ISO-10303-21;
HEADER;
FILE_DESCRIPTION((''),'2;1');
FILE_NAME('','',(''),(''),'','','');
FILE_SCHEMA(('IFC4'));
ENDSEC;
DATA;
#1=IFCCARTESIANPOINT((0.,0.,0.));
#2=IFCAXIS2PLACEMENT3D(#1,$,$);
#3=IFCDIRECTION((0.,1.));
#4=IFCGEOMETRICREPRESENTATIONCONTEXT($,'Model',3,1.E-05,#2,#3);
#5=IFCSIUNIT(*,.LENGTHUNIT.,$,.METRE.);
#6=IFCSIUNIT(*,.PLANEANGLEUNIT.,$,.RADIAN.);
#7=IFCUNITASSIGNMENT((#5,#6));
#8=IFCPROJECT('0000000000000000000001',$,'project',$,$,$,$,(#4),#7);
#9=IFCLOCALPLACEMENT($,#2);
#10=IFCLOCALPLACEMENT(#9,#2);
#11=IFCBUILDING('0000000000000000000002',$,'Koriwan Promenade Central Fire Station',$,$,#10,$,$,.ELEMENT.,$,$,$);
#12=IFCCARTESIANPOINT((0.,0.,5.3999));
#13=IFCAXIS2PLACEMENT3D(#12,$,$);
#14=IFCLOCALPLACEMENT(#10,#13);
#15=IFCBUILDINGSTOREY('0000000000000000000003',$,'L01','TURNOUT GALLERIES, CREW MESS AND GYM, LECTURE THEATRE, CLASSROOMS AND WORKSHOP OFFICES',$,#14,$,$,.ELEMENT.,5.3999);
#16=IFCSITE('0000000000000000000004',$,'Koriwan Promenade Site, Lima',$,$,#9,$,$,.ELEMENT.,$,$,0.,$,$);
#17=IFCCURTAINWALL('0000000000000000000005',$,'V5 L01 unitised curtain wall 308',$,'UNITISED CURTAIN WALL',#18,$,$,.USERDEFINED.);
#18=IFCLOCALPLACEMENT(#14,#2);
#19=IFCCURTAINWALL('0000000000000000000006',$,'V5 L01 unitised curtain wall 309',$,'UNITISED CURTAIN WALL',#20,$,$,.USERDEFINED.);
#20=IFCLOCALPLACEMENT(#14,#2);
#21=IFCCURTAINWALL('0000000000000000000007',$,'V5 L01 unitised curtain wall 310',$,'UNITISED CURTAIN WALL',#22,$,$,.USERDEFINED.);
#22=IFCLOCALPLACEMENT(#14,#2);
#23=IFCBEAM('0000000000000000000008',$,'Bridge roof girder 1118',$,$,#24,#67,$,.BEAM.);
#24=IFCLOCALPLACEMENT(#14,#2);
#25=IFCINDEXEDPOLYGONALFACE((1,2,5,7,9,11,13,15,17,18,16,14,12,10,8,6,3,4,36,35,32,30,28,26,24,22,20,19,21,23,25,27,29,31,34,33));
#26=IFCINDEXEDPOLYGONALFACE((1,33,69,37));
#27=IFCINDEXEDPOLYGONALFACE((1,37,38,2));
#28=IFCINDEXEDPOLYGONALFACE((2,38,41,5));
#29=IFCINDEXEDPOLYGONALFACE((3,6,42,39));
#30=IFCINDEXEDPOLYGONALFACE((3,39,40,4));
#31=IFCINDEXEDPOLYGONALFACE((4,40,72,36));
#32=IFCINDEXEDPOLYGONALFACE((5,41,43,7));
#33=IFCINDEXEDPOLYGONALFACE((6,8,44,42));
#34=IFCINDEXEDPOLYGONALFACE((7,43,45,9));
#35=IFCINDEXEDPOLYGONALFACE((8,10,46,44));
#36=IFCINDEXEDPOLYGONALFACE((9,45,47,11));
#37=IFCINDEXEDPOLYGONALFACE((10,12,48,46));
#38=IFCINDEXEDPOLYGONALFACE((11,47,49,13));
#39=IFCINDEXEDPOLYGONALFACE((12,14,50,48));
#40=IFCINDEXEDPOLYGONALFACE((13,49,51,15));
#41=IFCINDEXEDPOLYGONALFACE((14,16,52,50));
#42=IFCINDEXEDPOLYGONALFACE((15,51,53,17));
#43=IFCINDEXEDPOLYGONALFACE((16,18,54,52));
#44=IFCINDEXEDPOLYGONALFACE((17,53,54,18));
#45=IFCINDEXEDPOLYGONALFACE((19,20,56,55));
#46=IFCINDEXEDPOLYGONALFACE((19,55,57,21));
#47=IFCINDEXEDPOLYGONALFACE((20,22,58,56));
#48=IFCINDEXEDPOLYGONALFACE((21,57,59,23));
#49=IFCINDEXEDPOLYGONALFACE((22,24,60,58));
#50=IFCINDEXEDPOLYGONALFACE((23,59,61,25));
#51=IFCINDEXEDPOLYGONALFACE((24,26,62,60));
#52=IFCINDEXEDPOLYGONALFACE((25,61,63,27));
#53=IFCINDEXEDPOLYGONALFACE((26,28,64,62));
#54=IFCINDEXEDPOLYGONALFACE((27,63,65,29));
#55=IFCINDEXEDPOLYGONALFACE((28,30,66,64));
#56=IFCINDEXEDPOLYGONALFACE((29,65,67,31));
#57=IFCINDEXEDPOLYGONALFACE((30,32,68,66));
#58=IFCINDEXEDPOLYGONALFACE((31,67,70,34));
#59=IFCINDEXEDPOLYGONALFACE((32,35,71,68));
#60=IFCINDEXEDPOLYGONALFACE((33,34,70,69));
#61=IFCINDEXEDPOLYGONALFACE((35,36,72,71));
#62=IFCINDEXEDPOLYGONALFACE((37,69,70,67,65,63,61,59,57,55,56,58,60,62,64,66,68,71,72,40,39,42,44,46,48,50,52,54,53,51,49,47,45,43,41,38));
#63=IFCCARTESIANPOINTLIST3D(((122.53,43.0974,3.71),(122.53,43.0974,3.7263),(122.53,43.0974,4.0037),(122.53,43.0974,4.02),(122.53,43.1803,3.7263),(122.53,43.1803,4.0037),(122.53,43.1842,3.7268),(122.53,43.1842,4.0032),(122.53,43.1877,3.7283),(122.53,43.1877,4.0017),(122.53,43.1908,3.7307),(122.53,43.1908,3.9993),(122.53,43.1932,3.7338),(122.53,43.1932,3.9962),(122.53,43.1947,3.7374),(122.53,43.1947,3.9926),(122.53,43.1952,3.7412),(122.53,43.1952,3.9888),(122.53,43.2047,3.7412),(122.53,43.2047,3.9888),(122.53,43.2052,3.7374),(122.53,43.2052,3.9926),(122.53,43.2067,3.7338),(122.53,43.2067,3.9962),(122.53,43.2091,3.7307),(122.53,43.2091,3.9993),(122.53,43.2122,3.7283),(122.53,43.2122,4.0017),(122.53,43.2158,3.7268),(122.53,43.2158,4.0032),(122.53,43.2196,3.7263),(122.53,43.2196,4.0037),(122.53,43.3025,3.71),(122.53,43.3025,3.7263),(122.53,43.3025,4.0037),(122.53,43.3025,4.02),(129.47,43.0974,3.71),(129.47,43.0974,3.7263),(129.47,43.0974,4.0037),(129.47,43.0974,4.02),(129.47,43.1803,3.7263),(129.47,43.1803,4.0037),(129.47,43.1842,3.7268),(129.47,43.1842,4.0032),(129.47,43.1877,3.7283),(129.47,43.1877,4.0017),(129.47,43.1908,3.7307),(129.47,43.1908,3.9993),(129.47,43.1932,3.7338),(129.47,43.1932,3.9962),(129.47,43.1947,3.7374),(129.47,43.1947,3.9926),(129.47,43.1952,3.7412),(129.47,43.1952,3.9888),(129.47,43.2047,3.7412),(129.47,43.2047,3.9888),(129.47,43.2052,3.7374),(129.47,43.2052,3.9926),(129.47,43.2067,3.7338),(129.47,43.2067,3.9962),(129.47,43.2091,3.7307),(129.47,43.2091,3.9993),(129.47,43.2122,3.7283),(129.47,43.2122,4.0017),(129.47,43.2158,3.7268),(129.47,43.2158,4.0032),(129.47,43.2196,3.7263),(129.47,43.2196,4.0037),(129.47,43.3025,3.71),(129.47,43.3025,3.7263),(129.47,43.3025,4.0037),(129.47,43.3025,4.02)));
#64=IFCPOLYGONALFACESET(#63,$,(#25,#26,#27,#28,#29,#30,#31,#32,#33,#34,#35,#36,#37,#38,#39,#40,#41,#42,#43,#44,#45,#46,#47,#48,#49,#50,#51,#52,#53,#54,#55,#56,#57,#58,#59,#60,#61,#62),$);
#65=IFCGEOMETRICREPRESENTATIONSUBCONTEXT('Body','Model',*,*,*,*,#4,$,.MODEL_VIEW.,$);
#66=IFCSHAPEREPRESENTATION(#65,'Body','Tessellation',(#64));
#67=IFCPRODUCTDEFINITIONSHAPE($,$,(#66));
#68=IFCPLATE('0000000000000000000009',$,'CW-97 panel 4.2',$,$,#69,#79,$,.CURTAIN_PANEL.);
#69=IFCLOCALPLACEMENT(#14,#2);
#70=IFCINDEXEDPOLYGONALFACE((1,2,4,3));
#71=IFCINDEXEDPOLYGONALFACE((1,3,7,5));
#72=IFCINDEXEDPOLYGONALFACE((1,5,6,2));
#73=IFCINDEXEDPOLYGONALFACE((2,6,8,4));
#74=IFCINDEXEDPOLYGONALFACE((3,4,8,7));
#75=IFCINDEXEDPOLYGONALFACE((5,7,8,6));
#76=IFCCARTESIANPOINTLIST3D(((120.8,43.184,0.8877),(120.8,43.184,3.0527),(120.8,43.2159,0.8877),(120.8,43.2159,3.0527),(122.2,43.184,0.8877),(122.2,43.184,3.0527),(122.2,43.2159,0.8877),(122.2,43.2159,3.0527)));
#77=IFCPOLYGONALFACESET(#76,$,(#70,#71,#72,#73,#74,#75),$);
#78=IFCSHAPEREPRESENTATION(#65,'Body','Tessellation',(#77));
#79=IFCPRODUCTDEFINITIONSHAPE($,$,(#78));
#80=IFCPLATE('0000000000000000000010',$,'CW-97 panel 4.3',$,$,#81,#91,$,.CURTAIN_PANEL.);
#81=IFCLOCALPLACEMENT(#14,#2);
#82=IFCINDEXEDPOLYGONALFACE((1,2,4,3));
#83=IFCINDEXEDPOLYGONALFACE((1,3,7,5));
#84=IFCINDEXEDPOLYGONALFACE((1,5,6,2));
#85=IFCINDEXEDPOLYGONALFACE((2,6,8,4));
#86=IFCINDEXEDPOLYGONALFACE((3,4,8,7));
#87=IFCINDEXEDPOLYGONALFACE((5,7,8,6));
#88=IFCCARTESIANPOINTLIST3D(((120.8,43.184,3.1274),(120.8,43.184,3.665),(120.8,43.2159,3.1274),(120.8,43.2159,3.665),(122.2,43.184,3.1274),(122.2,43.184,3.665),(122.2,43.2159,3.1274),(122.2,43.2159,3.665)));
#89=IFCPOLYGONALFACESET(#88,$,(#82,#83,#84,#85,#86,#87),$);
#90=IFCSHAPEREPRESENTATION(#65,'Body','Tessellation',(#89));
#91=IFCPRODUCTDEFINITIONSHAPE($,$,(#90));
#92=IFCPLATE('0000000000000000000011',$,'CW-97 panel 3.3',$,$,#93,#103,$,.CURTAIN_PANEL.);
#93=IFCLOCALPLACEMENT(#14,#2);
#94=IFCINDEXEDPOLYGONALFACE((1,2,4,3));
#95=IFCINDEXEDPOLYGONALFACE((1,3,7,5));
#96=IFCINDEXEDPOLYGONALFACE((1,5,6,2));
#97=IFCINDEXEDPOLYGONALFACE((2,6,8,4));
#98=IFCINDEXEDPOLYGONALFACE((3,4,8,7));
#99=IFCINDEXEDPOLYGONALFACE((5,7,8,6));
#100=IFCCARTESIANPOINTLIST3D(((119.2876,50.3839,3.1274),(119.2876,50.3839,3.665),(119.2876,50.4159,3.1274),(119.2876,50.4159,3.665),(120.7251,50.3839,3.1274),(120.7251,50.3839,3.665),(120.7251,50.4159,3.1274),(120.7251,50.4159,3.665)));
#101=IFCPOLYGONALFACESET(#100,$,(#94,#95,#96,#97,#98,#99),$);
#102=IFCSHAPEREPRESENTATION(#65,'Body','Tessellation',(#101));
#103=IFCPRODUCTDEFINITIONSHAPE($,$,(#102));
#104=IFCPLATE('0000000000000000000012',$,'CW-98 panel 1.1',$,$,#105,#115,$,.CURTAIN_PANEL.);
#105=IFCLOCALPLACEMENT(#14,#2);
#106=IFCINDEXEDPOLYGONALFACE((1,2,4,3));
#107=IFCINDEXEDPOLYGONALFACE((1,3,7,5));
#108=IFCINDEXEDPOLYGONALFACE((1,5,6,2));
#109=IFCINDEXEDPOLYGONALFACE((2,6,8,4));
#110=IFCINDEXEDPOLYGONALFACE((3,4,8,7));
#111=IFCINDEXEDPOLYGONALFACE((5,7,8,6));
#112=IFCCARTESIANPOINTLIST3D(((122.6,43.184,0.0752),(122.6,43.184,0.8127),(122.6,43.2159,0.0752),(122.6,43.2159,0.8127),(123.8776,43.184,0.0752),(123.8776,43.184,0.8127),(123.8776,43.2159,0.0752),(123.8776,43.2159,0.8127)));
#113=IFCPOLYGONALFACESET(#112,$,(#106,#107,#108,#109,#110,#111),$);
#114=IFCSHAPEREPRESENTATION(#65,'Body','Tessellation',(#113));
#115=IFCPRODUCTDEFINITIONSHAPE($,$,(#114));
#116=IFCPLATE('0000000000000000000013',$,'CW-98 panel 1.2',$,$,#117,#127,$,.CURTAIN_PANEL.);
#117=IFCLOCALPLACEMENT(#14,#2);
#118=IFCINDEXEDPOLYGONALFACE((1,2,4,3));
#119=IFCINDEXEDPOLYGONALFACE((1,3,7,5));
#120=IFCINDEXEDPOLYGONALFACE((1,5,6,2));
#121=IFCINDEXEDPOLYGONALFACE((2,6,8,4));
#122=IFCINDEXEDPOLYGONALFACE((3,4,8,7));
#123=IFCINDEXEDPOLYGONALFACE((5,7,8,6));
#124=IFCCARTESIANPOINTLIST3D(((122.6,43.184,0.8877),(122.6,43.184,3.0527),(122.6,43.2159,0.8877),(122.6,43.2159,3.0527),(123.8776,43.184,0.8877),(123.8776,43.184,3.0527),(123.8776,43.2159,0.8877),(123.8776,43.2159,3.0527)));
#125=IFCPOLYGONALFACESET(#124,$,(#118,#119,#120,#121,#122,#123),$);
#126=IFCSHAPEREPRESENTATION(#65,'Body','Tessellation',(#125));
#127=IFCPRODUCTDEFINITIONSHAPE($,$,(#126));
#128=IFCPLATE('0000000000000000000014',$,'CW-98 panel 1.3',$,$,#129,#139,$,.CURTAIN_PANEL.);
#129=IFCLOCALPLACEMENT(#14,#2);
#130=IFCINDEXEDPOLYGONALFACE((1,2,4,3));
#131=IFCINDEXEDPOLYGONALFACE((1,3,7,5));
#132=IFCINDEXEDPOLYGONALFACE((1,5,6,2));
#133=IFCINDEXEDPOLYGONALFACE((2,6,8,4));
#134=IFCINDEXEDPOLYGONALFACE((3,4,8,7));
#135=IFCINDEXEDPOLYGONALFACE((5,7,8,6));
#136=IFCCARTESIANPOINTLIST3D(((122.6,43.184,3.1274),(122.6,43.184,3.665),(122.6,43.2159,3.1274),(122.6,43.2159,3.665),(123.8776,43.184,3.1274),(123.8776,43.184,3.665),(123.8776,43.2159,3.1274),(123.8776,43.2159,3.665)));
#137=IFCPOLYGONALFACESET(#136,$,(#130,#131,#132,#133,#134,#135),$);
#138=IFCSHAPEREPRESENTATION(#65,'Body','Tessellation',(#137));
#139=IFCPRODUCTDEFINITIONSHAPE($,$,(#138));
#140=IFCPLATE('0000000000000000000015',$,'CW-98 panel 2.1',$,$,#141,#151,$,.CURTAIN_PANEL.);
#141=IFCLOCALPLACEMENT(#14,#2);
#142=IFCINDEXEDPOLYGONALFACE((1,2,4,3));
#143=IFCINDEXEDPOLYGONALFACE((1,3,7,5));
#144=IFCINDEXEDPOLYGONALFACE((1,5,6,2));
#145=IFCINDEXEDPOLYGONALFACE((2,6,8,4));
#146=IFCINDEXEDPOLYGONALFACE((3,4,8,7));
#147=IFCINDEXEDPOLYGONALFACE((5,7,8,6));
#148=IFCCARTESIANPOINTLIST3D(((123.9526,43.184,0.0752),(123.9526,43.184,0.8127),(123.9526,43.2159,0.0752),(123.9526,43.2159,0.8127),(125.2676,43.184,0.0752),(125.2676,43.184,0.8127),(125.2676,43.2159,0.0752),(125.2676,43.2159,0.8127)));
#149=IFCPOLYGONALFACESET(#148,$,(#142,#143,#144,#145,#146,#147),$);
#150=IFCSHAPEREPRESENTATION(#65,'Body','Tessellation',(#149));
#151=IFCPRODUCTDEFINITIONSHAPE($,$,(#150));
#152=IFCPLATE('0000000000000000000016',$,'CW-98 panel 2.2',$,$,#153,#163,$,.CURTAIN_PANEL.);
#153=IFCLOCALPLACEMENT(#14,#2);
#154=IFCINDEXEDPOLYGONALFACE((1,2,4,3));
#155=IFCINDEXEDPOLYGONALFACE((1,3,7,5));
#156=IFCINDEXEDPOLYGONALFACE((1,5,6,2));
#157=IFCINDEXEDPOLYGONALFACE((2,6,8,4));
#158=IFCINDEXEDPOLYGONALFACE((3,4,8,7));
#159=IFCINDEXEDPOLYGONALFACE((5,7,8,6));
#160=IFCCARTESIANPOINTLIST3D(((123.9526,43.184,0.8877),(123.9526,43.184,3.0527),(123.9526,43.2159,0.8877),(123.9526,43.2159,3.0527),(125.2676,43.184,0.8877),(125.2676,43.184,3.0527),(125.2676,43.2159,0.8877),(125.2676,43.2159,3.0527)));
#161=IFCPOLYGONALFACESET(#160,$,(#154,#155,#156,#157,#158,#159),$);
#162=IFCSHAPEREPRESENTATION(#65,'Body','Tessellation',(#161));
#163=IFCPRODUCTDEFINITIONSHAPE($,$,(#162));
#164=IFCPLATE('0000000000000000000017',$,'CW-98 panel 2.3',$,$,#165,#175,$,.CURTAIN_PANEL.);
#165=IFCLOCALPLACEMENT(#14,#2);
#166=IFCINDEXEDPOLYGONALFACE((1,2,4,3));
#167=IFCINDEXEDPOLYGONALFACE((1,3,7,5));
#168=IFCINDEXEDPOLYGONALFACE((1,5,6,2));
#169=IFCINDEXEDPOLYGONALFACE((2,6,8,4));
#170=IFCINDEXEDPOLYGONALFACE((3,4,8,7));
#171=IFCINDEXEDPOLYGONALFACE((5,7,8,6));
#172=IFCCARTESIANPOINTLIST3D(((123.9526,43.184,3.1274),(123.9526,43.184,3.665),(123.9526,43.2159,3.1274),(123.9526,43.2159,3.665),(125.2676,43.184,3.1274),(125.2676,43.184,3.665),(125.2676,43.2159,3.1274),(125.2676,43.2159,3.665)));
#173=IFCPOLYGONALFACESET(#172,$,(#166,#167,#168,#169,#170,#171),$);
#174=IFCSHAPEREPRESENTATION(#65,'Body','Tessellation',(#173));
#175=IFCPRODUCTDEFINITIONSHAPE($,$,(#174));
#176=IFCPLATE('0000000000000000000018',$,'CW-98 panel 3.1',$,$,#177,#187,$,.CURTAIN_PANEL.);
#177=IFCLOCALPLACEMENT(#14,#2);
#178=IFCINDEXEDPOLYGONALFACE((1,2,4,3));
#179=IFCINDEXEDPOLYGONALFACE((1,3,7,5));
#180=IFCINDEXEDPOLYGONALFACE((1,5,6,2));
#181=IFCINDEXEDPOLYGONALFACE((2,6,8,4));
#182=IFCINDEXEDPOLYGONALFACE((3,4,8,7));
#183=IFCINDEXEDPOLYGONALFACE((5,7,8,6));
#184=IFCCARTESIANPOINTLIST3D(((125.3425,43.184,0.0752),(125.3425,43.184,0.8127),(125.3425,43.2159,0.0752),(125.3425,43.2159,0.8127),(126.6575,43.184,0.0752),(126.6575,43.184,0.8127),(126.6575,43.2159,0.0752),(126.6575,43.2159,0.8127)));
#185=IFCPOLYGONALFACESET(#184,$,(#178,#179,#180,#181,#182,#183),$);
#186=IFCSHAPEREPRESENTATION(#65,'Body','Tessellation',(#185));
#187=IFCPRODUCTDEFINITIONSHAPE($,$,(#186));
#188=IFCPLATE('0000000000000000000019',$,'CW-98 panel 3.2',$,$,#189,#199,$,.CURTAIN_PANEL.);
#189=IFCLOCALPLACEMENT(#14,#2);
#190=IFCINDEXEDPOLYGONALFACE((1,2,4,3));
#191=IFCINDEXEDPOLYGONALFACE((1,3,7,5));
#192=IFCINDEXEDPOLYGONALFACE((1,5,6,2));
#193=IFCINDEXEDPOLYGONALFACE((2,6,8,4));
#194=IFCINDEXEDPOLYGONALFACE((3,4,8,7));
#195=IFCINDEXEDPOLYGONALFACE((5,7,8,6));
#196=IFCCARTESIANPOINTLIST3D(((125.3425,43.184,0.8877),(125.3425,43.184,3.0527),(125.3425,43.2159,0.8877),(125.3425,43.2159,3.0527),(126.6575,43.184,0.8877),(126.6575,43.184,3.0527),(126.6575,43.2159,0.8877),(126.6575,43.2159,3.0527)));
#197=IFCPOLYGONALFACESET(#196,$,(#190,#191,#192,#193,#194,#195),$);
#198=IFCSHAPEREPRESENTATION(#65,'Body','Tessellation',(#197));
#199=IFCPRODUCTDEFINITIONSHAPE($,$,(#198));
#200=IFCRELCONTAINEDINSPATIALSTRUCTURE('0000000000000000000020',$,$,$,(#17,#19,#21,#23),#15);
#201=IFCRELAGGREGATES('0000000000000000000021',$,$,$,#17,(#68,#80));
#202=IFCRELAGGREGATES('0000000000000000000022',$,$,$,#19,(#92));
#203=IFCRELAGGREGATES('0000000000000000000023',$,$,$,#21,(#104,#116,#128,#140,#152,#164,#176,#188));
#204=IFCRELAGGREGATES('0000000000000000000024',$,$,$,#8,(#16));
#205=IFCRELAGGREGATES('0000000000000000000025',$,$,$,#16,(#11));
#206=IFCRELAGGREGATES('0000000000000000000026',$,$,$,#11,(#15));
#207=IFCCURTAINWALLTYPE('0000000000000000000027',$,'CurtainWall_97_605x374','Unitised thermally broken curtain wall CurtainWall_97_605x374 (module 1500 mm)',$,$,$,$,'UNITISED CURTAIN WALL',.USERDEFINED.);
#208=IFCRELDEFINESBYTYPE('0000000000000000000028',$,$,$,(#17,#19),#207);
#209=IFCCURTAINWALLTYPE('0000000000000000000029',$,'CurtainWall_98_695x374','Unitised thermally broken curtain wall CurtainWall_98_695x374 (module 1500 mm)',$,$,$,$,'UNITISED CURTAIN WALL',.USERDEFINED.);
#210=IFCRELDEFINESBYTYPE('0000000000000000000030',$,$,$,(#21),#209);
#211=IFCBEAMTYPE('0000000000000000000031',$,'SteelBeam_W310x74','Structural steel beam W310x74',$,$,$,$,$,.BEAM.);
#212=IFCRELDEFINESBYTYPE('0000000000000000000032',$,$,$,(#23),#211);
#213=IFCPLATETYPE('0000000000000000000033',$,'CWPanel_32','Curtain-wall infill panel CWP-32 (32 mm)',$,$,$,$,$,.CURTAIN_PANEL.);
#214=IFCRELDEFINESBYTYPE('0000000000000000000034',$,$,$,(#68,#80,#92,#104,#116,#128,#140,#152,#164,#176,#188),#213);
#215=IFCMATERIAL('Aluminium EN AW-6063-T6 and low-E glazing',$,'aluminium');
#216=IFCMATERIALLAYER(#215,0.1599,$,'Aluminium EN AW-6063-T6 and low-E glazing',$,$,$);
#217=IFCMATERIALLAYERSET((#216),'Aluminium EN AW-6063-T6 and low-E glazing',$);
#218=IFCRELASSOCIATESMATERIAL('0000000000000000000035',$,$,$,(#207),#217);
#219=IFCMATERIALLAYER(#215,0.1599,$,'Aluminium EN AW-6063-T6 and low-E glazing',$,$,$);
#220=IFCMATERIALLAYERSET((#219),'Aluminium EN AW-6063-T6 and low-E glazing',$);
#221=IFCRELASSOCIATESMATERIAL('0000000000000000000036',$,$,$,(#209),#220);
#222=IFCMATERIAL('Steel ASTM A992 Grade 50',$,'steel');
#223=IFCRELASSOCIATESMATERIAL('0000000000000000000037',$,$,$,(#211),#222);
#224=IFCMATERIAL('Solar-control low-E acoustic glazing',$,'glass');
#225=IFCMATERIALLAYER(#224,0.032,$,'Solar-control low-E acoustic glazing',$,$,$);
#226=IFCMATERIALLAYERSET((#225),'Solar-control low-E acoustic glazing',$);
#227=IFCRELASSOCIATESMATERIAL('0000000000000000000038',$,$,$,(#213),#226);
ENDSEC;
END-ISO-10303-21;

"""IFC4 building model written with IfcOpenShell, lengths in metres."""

from ifc_helpers import new_model, si_unit, direction, frame, origin, origin_2d, place, context, subcontext, project, spatial, rectangle, i_section, extrude, material, layer, layer_set, material_profile, profile_set, type_object, element, aggregate, save


model = new_model("IFC4")

# Units and contexts
model_context = context("Model", 3, precision=1e-05, world=origin(), true_north=direction((0.0, 1.0)))
body_context = subcontext(model_context, "Body", "Model", "MODEL_VIEW")
ifc_project = project(units=[si_unit("LENGTHUNIT", "METRE"), si_unit("PLANEANGLEUNIT", "RADIAN")], contexts=[model_context])

# Site, building, storey
site_placement = place(None, origin())
site = spatial("IfcSite", under=ifc_project, at=site_placement, Name="Koriwan Promenade Site, Lima", CompositionType="ELEMENT", RefElevation=0.0)
building_placement = place(site_placement, origin())
building = spatial("IfcBuilding", under=site, at=building_placement, Name="Koriwan Promenade Central Fire Station", CompositionType="ELEMENT")
storey_placement = place(building_placement, frame((0.0, 0.0, 5.3999)))
storey = spatial("IfcBuildingStorey", under=building, at=storey_placement, Name="L01", Description="TURNOUT GALLERIES, CREW MESS AND GYM, LECTURE THEATRE, CLASSROOMS AND WORKSHOP OFFICES", CompositionType="ELEMENT", Elevation=5.3999)

# Curtain walls
ifc_material_1 = material(Name="Aluminium EN AW-6063-T6 and low-E glazing", Category="aluminium")
ifc_layer_1 = layer(ifc_material_1, 0.1599, Name="Aluminium EN AW-6063-T6 and low-E glazing")
ifc_layer_set_1 = layer_set([ifc_layer_1], Name="Aluminium EN AW-6063-T6 and low-E glazing")
curtain_wall_type_1 = type_object("IfcCurtainWallType", Name="CurtainWall_97_605x374", Description="Unitised thermally broken curtain wall CurtainWall_97_605x374 (module 1500 mm)", ElementType="UNITISED CURTAIN WALL", PredefinedType="USERDEFINED", material=ifc_layer_set_1)
curtain_wall_1_placement = place(storey_placement, origin())
curtain_wall_1 = element("IfcCurtainWall", 1, at=curtain_wall_1_placement, inside=storey, type_object=curtain_wall_type_1, Name="V5 L01 unitised curtain wall 308", ObjectType="UNITISED CURTAIN WALL", PredefinedType="USERDEFINED")
curtain_wall_2_placement = place(storey_placement, origin())
curtain_wall_2 = element("IfcCurtainWall", 2, at=curtain_wall_2_placement, inside=storey, type_object=curtain_wall_type_1, Name="V5 L01 unitised curtain wall 309", ObjectType="UNITISED CURTAIN WALL", PredefinedType="USERDEFINED")

# Curtain wall
ifc_layer_2 = layer(ifc_material_1, 0.1599, Name="Aluminium EN AW-6063-T6 and low-E glazing")
ifc_layer_set_2 = layer_set([ifc_layer_2], Name="Aluminium EN AW-6063-T6 and low-E glazing")
curtain_wall_type_2 = type_object("IfcCurtainWallType", Name="CurtainWall_98_695x374", Description="Unitised thermally broken curtain wall CurtainWall_98_695x374 (module 1500 mm)", ElementType="UNITISED CURTAIN WALL", PredefinedType="USERDEFINED", material=ifc_layer_set_2)
curtain_wall_3_placement = place(storey_placement, origin())
curtain_wall_3 = element("IfcCurtainWall", 3, at=curtain_wall_3_placement, inside=storey, type_object=curtain_wall_type_2, Name="V5 L01 unitised curtain wall 310", ObjectType="UNITISED CURTAIN WALL", PredefinedType="USERDEFINED")

# Beam
ifc_material_2 = material(Name="Steel ASTM A992 Grade 50", Category="steel")
ifc_material_profile_1 = material_profile(ifc_material_2, i_section(OverallWidth=0.2051, OverallDepth=0.3101, WebThickness=0.0095, FlangeThickness=0.0164, FilletRadius=0.0149, at=origin_2d()), Name="W310x74")
ifc_profile_set_1 = profile_set([ifc_material_profile_1], Name="Steel ASTM A992 Grade 50")
beam_type_1 = type_object("IfcBeamType", Name="SteelBeam_W310x74", Description="Structural steel beam W310x74", PredefinedType="BEAM", material=ifc_profile_set_1)
beam_1_placement = place(storey_placement, frame((122.53, 43.2, 3.865), z_axis=(1.0, 0.0, 0.0), x_axis=(0.0, 1.0, 0.0)))
element("IfcBeam", 4, at=beam_1_placement, inside=storey, type_object=beam_type_1, Name="Bridge roof girder 1118", PredefinedType="BEAM", context=body_context, shape_type="SweptSolid", body=[
    extrude(i_section(OverallWidth=0.2051, OverallDepth=0.3101, WebThickness=0.0095, FlangeThickness=0.0164, FilletRadius=0.0149, at=origin_2d()), origin(), (0.0, 0.0, 1.0), 6.9399),
])

# Plates
ifc_material_3 = material(Name="Solar-control low-E acoustic glazing", Category="glass")
ifc_layer_3 = layer(ifc_material_3, 0.032, Name="Solar-control low-E acoustic glazing")
ifc_layer_set_3 = layer_set([ifc_layer_3], Name="Solar-control low-E acoustic glazing")
plate_type = type_object("IfcPlateType", Name="CWPanel_32", Description="Curtain-wall infill panel CWP-32 (32 mm)", PredefinedType="CURTAIN_PANEL", material=ifc_layer_set_3)
plate_1_placement = place(storey_placement, frame((121.5, 43.2, 0.8877), z_axis=(0.0, 0.0, 1.0), x_axis=(1.0, 0.0, 0.0)))
plate_1 = element("IfcPlate", 5, at=plate_1_placement, type_object=plate_type, Name="CW-97 panel 4.2", PredefinedType="CURTAIN_PANEL", context=body_context, shape_type="SweptSolid", body=[
    extrude(rectangle(XDim=1.3999, YDim=0.032, at=origin_2d()), origin(), (0.0, 0.0, 1.0), 2.165),
])
plate_2_placement = place(storey_placement, frame((121.5, 43.2, 3.1274), z_axis=(0.0, 0.0, 1.0), x_axis=(1.0, 0.0, 0.0)))
plate_2 = element("IfcPlate", 6, at=plate_2_placement, type_object=plate_type, Name="CW-97 panel 4.3", PredefinedType="CURTAIN_PANEL", context=body_context, shape_type="SweptSolid", body=[
    extrude(rectangle(XDim=1.3999, YDim=0.032, at=origin_2d()), origin(), (0.0, 0.0, 1.0), 0.5376),
])
aggregate(curtain_wall_1, [plate_1, plate_2])
plate_3_placement = place(storey_placement, frame((120.0063, 50.3999, 3.1274), z_axis=(0.0, 0.0, 1.0), x_axis=(1.0, 0.0, 0.0)))
plate_3 = element("IfcPlate", 7, at=plate_3_placement, type_object=plate_type, Name="CW-97 panel 3.3", PredefinedType="CURTAIN_PANEL", context=body_context, shape_type="SweptSolid", body=[
    extrude(rectangle(XDim=1.4375, YDim=0.032, at=origin_2d()), origin(), (0.0, 0.0, 1.0), 0.5376),
])
aggregate(curtain_wall_2, [plate_3])
plate_4_placement = place(storey_placement, frame((123.2388, 43.2, 0.0752), z_axis=(0.0, 0.0, 1.0), x_axis=(1.0, 0.0, 0.0)))
plate_4 = element("IfcPlate", 8, at=plate_4_placement, type_object=plate_type, Name="CW-98 panel 1.1", PredefinedType="CURTAIN_PANEL", context=body_context, shape_type="SweptSolid", body=[
    extrude(rectangle(XDim=1.2776, YDim=0.032, at=origin_2d()), origin(), (0.0, 0.0, 1.0), 0.7375),
])
plate_5_placement = place(storey_placement, frame((123.2388, 43.2, 0.8877), z_axis=(0.0, 0.0, 1.0), x_axis=(1.0, 0.0, 0.0)))
plate_5 = element("IfcPlate", 9, at=plate_5_placement, type_object=plate_type, Name="CW-98 panel 1.2", PredefinedType="CURTAIN_PANEL", context=body_context, shape_type="SweptSolid", body=[
    extrude(rectangle(XDim=1.2776, YDim=0.032, at=origin_2d()), origin(), (0.0, 0.0, 1.0), 2.165),
])
plate_6_placement = place(storey_placement, frame((123.2388, 43.2, 3.1274), z_axis=(0.0, 0.0, 1.0), x_axis=(1.0, 0.0, 0.0)))
plate_6 = element("IfcPlate", 10, at=plate_6_placement, type_object=plate_type, Name="CW-98 panel 1.3", PredefinedType="CURTAIN_PANEL", context=body_context, shape_type="SweptSolid", body=[
    extrude(rectangle(XDim=1.2776, YDim=0.032, at=origin_2d()), origin(), (0.0, 0.0, 1.0), 0.5376),
])
plate_7_placement = place(storey_placement, frame((124.6101, 43.2, 0.0752), z_axis=(0.0, 0.0, 1.0), x_axis=(1.0, 0.0, 0.0)))
plate_7 = element("IfcPlate", 11, at=plate_7_placement, type_object=plate_type, Name="CW-98 panel 2.1", PredefinedType="CURTAIN_PANEL", context=body_context, shape_type="SweptSolid", body=[
    extrude(rectangle(XDim=1.3149, YDim=0.032, at=origin_2d()), origin(), (0.0, 0.0, 1.0), 0.7375),
])
plate_8_placement = place(storey_placement, frame((124.6101, 43.2, 0.8877), z_axis=(0.0, 0.0, 1.0), x_axis=(1.0, 0.0, 0.0)))
plate_8 = element("IfcPlate", 12, at=plate_8_placement, type_object=plate_type, Name="CW-98 panel 2.2", PredefinedType="CURTAIN_PANEL", context=body_context, shape_type="SweptSolid", body=[
    extrude(rectangle(XDim=1.3149, YDim=0.032, at=origin_2d()), origin(), (0.0, 0.0, 1.0), 2.165),
])
plate_9_placement = place(storey_placement, frame((124.6101, 43.2, 3.1274), z_axis=(0.0, 0.0, 1.0), x_axis=(1.0, 0.0, 0.0)))
plate_9 = element("IfcPlate", 13, at=plate_9_placement, type_object=plate_type, Name="CW-98 panel 2.3", PredefinedType="CURTAIN_PANEL", context=body_context, shape_type="SweptSolid", body=[
    extrude(rectangle(XDim=1.3149, YDim=0.032, at=origin_2d()), origin(), (0.0, 0.0, 1.0), 0.5376),
])
plate_10_placement = place(storey_placement, frame((126.0, 43.2, 0.0752), z_axis=(0.0, 0.0, 1.0), x_axis=(1.0, 0.0, 0.0)))
plate_10 = element("IfcPlate", 14, at=plate_10_placement, type_object=plate_type, Name="CW-98 panel 3.1", PredefinedType="CURTAIN_PANEL", context=body_context, shape_type="SweptSolid", body=[
    extrude(rectangle(XDim=1.3149, YDim=0.032, at=origin_2d()), origin(), (0.0, 0.0, 1.0), 0.7375),
])
plate_11_placement = place(storey_placement, frame((126.0, 43.2, 0.8877), z_axis=(0.0, 0.0, 1.0), x_axis=(1.0, 0.0, 0.0)))
plate_11 = element("IfcPlate", 15, at=plate_11_placement, type_object=plate_type, Name="CW-98 panel 3.2", PredefinedType="CURTAIN_PANEL", context=body_context, shape_type="SweptSolid", body=[
    extrude(rectangle(XDim=1.3149, YDim=0.032, at=origin_2d()), origin(), (0.0, 0.0, 1.0), 2.165),
])
aggregate(curtain_wall_3, [plate_4, plate_5, plate_6, plate_7, plate_8, plate_9, plate_10, plate_11])

save(model, "model.ifc")
